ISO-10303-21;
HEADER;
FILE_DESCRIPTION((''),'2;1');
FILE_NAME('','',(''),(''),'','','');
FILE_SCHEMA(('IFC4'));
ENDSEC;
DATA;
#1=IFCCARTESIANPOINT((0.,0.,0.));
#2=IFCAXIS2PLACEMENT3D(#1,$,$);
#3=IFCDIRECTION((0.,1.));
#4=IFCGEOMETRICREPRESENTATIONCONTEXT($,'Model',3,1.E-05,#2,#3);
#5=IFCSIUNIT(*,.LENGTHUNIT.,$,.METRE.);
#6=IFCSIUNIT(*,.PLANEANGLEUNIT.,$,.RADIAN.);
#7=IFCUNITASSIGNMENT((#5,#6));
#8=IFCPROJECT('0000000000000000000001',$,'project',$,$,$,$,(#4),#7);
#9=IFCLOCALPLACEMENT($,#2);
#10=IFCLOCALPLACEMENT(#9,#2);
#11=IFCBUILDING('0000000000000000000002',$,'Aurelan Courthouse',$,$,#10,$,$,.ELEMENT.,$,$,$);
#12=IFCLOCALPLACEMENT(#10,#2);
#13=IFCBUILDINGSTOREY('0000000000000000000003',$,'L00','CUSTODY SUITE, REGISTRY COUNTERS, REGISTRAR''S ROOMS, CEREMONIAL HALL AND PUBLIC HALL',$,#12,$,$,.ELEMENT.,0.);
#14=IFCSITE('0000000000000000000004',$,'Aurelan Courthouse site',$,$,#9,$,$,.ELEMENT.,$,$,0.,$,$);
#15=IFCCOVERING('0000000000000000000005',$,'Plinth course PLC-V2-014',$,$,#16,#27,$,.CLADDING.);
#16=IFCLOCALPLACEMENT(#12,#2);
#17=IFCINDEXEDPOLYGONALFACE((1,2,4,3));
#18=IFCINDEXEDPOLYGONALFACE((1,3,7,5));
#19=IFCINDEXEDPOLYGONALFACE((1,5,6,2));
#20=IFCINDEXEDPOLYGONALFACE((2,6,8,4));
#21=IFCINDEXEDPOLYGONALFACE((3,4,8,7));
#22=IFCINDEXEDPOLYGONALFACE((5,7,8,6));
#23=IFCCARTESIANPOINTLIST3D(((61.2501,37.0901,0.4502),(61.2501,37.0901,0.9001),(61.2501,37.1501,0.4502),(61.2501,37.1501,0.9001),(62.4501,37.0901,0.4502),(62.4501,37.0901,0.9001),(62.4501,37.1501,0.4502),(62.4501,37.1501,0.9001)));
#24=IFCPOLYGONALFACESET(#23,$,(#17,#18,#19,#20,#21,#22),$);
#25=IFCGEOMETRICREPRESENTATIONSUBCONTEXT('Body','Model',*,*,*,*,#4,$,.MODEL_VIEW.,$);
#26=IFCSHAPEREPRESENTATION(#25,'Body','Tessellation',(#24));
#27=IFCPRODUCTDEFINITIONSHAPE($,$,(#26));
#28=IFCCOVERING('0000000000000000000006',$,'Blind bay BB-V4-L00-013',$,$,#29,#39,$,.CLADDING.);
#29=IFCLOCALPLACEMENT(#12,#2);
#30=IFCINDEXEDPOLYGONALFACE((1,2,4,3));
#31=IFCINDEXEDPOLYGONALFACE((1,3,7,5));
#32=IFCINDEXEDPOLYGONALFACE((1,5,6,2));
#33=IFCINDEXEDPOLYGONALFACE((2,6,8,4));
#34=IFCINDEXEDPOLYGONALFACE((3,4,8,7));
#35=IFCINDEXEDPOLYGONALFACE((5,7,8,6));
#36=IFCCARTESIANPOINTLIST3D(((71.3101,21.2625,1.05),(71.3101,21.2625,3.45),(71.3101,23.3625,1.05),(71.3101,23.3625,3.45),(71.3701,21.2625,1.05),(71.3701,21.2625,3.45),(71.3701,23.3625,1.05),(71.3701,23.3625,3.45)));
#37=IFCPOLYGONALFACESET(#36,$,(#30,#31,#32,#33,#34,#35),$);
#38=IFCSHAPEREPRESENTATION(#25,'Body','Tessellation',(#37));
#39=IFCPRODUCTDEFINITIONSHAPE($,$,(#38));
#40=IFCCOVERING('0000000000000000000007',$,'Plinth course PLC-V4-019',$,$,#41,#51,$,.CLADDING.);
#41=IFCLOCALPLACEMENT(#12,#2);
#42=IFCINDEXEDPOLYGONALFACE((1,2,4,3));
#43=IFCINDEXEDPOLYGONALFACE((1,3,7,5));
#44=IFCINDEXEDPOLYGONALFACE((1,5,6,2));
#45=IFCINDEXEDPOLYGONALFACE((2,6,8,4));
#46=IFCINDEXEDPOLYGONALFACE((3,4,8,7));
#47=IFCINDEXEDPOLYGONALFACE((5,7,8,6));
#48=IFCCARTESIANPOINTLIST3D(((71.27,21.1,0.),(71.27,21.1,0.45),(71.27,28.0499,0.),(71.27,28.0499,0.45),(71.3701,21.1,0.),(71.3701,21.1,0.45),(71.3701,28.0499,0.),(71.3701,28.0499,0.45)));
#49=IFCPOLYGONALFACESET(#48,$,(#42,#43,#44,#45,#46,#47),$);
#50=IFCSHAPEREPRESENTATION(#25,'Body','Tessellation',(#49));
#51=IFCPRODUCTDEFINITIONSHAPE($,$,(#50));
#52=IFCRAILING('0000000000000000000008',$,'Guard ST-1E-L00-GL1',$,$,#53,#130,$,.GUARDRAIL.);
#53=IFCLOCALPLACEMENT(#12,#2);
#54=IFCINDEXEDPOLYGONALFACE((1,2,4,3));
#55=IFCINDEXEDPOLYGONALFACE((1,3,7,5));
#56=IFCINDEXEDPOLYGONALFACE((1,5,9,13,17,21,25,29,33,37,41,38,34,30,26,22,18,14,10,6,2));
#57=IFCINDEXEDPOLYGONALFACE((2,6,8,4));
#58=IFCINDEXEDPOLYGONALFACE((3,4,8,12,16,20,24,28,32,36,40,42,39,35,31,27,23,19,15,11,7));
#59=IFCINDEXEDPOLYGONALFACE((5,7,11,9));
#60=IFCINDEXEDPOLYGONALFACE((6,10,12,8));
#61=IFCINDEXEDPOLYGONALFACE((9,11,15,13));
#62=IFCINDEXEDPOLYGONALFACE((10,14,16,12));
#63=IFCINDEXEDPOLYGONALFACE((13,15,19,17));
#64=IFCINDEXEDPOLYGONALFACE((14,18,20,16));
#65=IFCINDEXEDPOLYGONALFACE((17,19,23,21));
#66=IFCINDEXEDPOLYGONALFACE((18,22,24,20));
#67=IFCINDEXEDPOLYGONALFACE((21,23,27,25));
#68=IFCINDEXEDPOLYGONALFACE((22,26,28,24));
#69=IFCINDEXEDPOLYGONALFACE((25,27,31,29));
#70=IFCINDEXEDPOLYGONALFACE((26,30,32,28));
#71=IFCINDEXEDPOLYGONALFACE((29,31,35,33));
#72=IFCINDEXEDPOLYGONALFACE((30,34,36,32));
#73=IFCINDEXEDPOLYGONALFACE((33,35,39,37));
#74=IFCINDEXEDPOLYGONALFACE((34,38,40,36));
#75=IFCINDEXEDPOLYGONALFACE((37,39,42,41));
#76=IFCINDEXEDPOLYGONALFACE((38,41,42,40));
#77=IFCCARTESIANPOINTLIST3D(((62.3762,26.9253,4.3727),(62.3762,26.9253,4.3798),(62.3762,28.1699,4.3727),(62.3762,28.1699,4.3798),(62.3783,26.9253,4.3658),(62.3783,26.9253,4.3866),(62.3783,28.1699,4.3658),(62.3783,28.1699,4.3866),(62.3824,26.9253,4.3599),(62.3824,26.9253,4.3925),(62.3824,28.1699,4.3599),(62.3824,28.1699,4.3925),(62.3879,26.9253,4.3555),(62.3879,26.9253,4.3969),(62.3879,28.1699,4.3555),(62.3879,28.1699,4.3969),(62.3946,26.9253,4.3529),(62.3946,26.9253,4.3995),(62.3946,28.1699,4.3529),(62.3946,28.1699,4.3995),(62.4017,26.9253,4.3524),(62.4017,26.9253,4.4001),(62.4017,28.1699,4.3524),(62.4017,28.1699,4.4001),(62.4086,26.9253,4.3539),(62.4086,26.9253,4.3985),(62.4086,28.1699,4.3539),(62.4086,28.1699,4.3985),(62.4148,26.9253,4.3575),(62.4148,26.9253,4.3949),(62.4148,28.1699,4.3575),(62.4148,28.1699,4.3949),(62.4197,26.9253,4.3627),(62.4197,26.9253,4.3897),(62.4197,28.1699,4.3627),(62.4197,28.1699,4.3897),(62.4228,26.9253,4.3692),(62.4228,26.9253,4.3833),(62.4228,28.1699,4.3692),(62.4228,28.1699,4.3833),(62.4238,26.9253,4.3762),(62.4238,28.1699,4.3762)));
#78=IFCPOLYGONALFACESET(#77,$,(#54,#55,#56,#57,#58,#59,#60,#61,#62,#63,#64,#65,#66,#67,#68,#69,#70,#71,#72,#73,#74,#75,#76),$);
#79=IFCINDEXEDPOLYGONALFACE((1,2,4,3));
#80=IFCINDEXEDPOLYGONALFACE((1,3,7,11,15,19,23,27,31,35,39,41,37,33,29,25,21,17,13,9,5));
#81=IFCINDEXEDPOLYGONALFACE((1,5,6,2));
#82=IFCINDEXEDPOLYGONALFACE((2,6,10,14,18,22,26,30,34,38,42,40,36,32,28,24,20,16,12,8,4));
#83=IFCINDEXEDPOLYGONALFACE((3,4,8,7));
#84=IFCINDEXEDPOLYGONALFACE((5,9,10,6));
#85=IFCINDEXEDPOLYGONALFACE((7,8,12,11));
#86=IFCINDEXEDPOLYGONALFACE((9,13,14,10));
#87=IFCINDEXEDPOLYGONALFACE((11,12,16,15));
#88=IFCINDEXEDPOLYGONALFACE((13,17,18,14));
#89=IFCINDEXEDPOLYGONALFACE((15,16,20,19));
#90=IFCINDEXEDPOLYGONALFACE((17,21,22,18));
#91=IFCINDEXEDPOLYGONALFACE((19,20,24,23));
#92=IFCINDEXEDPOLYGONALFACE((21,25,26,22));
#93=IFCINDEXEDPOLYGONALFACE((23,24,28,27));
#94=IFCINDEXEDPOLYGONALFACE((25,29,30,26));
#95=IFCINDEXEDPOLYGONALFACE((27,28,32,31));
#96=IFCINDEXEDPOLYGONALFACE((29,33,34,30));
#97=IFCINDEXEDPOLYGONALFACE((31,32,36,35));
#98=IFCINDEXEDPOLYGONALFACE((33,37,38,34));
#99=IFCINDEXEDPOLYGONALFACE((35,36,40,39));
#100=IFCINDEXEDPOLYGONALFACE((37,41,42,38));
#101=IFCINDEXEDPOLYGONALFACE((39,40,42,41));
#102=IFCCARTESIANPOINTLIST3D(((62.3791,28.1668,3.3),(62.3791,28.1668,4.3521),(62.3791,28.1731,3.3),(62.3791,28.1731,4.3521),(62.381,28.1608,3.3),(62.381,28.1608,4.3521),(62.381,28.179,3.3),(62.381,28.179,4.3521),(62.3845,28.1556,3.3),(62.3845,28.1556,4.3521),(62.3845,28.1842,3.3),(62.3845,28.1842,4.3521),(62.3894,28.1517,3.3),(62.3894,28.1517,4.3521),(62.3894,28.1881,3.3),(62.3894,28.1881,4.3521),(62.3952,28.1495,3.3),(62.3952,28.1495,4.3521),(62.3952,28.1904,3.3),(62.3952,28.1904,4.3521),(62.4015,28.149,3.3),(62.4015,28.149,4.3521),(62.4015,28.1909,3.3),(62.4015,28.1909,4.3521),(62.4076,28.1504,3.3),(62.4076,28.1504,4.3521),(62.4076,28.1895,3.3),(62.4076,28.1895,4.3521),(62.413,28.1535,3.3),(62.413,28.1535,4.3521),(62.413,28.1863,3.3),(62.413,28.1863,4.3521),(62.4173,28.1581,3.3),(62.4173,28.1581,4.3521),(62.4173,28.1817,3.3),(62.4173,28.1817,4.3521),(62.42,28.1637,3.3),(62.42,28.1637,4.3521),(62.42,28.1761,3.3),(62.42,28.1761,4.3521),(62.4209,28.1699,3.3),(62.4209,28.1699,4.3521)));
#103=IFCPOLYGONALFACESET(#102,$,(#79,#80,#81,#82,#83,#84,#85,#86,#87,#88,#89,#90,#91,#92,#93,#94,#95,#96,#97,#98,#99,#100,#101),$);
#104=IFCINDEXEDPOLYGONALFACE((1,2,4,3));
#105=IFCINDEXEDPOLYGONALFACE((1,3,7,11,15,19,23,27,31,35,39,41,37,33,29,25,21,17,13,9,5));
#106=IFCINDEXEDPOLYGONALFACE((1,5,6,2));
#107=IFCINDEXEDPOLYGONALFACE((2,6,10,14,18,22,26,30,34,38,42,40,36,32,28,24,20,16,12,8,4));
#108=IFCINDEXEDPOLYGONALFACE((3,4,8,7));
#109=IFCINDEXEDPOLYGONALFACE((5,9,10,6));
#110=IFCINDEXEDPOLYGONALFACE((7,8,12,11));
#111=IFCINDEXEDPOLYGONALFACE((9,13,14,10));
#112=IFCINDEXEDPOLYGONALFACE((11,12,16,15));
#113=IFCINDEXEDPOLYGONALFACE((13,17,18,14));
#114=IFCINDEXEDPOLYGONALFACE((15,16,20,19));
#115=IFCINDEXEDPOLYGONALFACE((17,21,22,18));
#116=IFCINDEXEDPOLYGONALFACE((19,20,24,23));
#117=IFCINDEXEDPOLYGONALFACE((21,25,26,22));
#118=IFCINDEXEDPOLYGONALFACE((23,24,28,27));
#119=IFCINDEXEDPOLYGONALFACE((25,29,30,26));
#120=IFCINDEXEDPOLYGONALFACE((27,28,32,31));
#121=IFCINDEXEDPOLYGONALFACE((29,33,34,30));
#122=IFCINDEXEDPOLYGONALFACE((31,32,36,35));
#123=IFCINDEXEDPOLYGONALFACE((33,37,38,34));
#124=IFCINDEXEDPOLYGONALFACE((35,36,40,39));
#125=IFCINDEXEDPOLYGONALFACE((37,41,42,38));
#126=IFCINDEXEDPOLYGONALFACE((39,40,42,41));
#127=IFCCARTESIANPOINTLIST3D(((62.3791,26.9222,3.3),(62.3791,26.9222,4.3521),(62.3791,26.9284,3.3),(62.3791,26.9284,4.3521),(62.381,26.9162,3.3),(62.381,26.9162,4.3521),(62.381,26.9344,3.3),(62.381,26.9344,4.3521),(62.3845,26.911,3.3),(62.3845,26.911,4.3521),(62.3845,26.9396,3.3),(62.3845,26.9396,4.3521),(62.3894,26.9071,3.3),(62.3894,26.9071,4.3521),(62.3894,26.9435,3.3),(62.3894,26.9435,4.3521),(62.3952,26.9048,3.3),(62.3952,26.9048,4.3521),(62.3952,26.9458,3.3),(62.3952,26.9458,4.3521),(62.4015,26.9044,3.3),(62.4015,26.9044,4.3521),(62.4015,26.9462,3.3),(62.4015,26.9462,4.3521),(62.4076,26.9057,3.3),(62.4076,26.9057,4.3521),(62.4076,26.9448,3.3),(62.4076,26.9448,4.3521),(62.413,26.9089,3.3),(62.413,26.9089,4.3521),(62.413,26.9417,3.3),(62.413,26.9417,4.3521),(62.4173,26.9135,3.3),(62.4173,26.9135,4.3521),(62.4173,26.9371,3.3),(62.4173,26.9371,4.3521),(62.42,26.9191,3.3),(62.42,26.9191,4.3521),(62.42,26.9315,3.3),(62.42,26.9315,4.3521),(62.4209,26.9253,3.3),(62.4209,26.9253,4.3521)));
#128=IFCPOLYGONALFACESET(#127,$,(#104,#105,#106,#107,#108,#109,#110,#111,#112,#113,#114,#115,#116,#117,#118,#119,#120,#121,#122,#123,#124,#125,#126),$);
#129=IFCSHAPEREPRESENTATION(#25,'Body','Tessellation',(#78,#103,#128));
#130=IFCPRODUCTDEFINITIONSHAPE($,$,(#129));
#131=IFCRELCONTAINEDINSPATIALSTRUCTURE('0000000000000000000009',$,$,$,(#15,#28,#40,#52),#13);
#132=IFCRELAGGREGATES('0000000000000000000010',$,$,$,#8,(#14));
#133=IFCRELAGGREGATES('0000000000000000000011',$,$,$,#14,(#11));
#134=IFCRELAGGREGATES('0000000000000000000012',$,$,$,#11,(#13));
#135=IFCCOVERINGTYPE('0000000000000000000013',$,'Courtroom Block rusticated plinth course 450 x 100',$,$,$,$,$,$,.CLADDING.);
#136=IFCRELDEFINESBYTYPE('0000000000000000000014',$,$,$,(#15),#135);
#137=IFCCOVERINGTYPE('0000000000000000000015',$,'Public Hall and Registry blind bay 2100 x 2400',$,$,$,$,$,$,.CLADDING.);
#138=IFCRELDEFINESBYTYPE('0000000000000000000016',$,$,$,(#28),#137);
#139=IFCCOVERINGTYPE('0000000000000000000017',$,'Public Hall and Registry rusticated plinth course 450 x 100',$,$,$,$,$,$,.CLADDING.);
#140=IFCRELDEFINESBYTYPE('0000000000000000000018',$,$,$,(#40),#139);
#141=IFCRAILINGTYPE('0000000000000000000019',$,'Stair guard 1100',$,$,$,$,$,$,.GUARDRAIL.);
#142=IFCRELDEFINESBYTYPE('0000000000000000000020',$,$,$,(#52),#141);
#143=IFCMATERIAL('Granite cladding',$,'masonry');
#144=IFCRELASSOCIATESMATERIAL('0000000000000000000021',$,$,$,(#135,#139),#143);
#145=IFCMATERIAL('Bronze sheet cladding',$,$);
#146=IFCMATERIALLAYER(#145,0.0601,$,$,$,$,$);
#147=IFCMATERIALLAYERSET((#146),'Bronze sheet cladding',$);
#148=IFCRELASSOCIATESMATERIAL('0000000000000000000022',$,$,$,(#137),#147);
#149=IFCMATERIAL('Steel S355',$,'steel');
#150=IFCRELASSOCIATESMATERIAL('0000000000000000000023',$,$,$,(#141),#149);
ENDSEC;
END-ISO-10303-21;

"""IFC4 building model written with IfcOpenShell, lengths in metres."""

from ifc_helpers import new_model, si_unit, direction, frame, origin, origin_2d, place, context, subcontext, project, spatial, rectangle, circle, extrude, material, layer, layer_set, type_object, element, save


model = new_model("IFC4")

# Units and contexts
model_context = context("Model", 3, precision=1e-05, world=origin(), true_north=direction((0.0, 1.0)))
body_context = subcontext(model_context, "Body", "Model", "MODEL_VIEW")
ifc_project = project(units=[si_unit("LENGTHUNIT", "METRE"), si_unit("PLANEANGLEUNIT", "RADIAN")], contexts=[model_context])

# Site, building, storey
site_placement = place(None, origin())
site = spatial("IfcSite", under=ifc_project, at=site_placement, Name="Aurelan Courthouse site", CompositionType="ELEMENT", RefElevation=0.0)
building_placement = place(site_placement, origin())
building = spatial("IfcBuilding", under=site, at=building_placement, Name="Aurelan Courthouse", CompositionType="ELEMENT")
storey_placement = place(building_placement, origin())
storey = spatial("IfcBuildingStorey", under=building, at=storey_placement, Name="L00", Description="CUSTODY SUITE, REGISTRY COUNTERS, REGISTRAR'S ROOMS, CEREMONIAL HALL AND PUBLIC HALL", CompositionType="ELEMENT", Elevation=0.0)

# Coverings
ifc_material_1 = material(Name="Bronze sheet cladding")
ifc_material_2 = material(Name="Granite cladding", Category="masonry")
covering_type_1 = type_object("IfcCoveringType", Name="Courtroom Block rusticated plinth course 450 x 100", PredefinedType="CLADDING", material=ifc_material_2)
covering_1_placement = place(storey_placement, frame((61.8501, 37.1201, 0.4502), z_axis=(0.0, 0.0, 1.0), x_axis=(1.0, 0.0, 0.0)))
element("IfcCovering", 1, at=covering_1_placement, inside=storey, type_object=covering_type_1, Name="Plinth course PLC-V2-014", PredefinedType="CLADDING", context=body_context, shape_type="SweptSolid", body=[
    extrude(rectangle(XDim=1.2, YDim=0.0601, at=origin_2d()), origin(), (0.0, 0.0, 1.0), 0.45),
])
ifc_layer_1 = layer(ifc_material_1, 0.0601)
ifc_layer_set_1 = layer_set([ifc_layer_1], Name="Bronze sheet cladding")
covering_type_2 = type_object("IfcCoveringType", Name="Public Hall and Registry blind bay 2100 x 2400", PredefinedType="CLADDING", material=ifc_layer_set_1)
covering_2_placement = place(storey_placement, frame((71.3401, 22.3125, 1.05), z_axis=(0.0, 0.0, 1.0), x_axis=(1.0, 0.0, 0.0)))
element("IfcCovering", 2, at=covering_2_placement, inside=storey, type_object=covering_type_2, Name="Blind bay BB-V4-L00-013", PredefinedType="CLADDING", context=body_context, shape_type="SweptSolid", body=[
    extrude(rectangle(XDim=0.0601, YDim=2.1001, at=origin_2d()), origin(), (0.0, 0.0, 1.0), 2.3999),
])
covering_type_3 = type_object("IfcCoveringType", Name="Public Hall and Registry rusticated plinth course 450 x 100", PredefinedType="CLADDING", material=ifc_material_2)
covering_3_placement = place(storey_placement, frame((71.3201, 24.575, 0.0), z_axis=(0.0, 0.0, 1.0), x_axis=(1.0, 0.0, 0.0)))
element("IfcCovering", 3, at=covering_3_placement, inside=storey, type_object=covering_type_3, Name="Plinth course PLC-V4-019", PredefinedType="CLADDING", context=body_context, shape_type="SweptSolid", body=[
    extrude(rectangle(XDim=0.1001, YDim=6.95, at=origin_2d()), origin(), (0.0, 0.0, 1.0), 0.45),
])

# Railing
ifc_material_3 = material(Name="Steel S355", Category="steel")
railing_type_1 = type_object("IfcRailingType", Name="Stair guard 1100", PredefinedType="GUARDRAIL", material=ifc_material_3)
railing_placement = place(storey_placement, frame((62.3999, 28.1699, 3.3)))
element("IfcRailing", 4, at=railing_placement, inside=storey, type_object=railing_type_1, Name="Guard ST-1E-L00-GL1", PredefinedType="GUARDRAIL", context=body_context, shape_type="SweptSolid", body=[
    extrude(circle(Radius=0.0239, at=origin_2d()), frame((0.0, 0.0, 1.0762), z_axis=(0.0, -1.0, 0.0), x_axis=(1.0, 0.0, 0.0)), (0.0, 0.0, 1.0), 1.2446),
    extrude(circle(Radius=0.021, at=origin_2d()), origin(), (0.0, 0.0, 1.0), 1.052),
    extrude(circle(Radius=0.021, at=origin_2d()), frame((0.0, -1.2446, 0.0)), (0.0, 0.0, 1.0), 1.052),
])

save(model, "model.ifc")
